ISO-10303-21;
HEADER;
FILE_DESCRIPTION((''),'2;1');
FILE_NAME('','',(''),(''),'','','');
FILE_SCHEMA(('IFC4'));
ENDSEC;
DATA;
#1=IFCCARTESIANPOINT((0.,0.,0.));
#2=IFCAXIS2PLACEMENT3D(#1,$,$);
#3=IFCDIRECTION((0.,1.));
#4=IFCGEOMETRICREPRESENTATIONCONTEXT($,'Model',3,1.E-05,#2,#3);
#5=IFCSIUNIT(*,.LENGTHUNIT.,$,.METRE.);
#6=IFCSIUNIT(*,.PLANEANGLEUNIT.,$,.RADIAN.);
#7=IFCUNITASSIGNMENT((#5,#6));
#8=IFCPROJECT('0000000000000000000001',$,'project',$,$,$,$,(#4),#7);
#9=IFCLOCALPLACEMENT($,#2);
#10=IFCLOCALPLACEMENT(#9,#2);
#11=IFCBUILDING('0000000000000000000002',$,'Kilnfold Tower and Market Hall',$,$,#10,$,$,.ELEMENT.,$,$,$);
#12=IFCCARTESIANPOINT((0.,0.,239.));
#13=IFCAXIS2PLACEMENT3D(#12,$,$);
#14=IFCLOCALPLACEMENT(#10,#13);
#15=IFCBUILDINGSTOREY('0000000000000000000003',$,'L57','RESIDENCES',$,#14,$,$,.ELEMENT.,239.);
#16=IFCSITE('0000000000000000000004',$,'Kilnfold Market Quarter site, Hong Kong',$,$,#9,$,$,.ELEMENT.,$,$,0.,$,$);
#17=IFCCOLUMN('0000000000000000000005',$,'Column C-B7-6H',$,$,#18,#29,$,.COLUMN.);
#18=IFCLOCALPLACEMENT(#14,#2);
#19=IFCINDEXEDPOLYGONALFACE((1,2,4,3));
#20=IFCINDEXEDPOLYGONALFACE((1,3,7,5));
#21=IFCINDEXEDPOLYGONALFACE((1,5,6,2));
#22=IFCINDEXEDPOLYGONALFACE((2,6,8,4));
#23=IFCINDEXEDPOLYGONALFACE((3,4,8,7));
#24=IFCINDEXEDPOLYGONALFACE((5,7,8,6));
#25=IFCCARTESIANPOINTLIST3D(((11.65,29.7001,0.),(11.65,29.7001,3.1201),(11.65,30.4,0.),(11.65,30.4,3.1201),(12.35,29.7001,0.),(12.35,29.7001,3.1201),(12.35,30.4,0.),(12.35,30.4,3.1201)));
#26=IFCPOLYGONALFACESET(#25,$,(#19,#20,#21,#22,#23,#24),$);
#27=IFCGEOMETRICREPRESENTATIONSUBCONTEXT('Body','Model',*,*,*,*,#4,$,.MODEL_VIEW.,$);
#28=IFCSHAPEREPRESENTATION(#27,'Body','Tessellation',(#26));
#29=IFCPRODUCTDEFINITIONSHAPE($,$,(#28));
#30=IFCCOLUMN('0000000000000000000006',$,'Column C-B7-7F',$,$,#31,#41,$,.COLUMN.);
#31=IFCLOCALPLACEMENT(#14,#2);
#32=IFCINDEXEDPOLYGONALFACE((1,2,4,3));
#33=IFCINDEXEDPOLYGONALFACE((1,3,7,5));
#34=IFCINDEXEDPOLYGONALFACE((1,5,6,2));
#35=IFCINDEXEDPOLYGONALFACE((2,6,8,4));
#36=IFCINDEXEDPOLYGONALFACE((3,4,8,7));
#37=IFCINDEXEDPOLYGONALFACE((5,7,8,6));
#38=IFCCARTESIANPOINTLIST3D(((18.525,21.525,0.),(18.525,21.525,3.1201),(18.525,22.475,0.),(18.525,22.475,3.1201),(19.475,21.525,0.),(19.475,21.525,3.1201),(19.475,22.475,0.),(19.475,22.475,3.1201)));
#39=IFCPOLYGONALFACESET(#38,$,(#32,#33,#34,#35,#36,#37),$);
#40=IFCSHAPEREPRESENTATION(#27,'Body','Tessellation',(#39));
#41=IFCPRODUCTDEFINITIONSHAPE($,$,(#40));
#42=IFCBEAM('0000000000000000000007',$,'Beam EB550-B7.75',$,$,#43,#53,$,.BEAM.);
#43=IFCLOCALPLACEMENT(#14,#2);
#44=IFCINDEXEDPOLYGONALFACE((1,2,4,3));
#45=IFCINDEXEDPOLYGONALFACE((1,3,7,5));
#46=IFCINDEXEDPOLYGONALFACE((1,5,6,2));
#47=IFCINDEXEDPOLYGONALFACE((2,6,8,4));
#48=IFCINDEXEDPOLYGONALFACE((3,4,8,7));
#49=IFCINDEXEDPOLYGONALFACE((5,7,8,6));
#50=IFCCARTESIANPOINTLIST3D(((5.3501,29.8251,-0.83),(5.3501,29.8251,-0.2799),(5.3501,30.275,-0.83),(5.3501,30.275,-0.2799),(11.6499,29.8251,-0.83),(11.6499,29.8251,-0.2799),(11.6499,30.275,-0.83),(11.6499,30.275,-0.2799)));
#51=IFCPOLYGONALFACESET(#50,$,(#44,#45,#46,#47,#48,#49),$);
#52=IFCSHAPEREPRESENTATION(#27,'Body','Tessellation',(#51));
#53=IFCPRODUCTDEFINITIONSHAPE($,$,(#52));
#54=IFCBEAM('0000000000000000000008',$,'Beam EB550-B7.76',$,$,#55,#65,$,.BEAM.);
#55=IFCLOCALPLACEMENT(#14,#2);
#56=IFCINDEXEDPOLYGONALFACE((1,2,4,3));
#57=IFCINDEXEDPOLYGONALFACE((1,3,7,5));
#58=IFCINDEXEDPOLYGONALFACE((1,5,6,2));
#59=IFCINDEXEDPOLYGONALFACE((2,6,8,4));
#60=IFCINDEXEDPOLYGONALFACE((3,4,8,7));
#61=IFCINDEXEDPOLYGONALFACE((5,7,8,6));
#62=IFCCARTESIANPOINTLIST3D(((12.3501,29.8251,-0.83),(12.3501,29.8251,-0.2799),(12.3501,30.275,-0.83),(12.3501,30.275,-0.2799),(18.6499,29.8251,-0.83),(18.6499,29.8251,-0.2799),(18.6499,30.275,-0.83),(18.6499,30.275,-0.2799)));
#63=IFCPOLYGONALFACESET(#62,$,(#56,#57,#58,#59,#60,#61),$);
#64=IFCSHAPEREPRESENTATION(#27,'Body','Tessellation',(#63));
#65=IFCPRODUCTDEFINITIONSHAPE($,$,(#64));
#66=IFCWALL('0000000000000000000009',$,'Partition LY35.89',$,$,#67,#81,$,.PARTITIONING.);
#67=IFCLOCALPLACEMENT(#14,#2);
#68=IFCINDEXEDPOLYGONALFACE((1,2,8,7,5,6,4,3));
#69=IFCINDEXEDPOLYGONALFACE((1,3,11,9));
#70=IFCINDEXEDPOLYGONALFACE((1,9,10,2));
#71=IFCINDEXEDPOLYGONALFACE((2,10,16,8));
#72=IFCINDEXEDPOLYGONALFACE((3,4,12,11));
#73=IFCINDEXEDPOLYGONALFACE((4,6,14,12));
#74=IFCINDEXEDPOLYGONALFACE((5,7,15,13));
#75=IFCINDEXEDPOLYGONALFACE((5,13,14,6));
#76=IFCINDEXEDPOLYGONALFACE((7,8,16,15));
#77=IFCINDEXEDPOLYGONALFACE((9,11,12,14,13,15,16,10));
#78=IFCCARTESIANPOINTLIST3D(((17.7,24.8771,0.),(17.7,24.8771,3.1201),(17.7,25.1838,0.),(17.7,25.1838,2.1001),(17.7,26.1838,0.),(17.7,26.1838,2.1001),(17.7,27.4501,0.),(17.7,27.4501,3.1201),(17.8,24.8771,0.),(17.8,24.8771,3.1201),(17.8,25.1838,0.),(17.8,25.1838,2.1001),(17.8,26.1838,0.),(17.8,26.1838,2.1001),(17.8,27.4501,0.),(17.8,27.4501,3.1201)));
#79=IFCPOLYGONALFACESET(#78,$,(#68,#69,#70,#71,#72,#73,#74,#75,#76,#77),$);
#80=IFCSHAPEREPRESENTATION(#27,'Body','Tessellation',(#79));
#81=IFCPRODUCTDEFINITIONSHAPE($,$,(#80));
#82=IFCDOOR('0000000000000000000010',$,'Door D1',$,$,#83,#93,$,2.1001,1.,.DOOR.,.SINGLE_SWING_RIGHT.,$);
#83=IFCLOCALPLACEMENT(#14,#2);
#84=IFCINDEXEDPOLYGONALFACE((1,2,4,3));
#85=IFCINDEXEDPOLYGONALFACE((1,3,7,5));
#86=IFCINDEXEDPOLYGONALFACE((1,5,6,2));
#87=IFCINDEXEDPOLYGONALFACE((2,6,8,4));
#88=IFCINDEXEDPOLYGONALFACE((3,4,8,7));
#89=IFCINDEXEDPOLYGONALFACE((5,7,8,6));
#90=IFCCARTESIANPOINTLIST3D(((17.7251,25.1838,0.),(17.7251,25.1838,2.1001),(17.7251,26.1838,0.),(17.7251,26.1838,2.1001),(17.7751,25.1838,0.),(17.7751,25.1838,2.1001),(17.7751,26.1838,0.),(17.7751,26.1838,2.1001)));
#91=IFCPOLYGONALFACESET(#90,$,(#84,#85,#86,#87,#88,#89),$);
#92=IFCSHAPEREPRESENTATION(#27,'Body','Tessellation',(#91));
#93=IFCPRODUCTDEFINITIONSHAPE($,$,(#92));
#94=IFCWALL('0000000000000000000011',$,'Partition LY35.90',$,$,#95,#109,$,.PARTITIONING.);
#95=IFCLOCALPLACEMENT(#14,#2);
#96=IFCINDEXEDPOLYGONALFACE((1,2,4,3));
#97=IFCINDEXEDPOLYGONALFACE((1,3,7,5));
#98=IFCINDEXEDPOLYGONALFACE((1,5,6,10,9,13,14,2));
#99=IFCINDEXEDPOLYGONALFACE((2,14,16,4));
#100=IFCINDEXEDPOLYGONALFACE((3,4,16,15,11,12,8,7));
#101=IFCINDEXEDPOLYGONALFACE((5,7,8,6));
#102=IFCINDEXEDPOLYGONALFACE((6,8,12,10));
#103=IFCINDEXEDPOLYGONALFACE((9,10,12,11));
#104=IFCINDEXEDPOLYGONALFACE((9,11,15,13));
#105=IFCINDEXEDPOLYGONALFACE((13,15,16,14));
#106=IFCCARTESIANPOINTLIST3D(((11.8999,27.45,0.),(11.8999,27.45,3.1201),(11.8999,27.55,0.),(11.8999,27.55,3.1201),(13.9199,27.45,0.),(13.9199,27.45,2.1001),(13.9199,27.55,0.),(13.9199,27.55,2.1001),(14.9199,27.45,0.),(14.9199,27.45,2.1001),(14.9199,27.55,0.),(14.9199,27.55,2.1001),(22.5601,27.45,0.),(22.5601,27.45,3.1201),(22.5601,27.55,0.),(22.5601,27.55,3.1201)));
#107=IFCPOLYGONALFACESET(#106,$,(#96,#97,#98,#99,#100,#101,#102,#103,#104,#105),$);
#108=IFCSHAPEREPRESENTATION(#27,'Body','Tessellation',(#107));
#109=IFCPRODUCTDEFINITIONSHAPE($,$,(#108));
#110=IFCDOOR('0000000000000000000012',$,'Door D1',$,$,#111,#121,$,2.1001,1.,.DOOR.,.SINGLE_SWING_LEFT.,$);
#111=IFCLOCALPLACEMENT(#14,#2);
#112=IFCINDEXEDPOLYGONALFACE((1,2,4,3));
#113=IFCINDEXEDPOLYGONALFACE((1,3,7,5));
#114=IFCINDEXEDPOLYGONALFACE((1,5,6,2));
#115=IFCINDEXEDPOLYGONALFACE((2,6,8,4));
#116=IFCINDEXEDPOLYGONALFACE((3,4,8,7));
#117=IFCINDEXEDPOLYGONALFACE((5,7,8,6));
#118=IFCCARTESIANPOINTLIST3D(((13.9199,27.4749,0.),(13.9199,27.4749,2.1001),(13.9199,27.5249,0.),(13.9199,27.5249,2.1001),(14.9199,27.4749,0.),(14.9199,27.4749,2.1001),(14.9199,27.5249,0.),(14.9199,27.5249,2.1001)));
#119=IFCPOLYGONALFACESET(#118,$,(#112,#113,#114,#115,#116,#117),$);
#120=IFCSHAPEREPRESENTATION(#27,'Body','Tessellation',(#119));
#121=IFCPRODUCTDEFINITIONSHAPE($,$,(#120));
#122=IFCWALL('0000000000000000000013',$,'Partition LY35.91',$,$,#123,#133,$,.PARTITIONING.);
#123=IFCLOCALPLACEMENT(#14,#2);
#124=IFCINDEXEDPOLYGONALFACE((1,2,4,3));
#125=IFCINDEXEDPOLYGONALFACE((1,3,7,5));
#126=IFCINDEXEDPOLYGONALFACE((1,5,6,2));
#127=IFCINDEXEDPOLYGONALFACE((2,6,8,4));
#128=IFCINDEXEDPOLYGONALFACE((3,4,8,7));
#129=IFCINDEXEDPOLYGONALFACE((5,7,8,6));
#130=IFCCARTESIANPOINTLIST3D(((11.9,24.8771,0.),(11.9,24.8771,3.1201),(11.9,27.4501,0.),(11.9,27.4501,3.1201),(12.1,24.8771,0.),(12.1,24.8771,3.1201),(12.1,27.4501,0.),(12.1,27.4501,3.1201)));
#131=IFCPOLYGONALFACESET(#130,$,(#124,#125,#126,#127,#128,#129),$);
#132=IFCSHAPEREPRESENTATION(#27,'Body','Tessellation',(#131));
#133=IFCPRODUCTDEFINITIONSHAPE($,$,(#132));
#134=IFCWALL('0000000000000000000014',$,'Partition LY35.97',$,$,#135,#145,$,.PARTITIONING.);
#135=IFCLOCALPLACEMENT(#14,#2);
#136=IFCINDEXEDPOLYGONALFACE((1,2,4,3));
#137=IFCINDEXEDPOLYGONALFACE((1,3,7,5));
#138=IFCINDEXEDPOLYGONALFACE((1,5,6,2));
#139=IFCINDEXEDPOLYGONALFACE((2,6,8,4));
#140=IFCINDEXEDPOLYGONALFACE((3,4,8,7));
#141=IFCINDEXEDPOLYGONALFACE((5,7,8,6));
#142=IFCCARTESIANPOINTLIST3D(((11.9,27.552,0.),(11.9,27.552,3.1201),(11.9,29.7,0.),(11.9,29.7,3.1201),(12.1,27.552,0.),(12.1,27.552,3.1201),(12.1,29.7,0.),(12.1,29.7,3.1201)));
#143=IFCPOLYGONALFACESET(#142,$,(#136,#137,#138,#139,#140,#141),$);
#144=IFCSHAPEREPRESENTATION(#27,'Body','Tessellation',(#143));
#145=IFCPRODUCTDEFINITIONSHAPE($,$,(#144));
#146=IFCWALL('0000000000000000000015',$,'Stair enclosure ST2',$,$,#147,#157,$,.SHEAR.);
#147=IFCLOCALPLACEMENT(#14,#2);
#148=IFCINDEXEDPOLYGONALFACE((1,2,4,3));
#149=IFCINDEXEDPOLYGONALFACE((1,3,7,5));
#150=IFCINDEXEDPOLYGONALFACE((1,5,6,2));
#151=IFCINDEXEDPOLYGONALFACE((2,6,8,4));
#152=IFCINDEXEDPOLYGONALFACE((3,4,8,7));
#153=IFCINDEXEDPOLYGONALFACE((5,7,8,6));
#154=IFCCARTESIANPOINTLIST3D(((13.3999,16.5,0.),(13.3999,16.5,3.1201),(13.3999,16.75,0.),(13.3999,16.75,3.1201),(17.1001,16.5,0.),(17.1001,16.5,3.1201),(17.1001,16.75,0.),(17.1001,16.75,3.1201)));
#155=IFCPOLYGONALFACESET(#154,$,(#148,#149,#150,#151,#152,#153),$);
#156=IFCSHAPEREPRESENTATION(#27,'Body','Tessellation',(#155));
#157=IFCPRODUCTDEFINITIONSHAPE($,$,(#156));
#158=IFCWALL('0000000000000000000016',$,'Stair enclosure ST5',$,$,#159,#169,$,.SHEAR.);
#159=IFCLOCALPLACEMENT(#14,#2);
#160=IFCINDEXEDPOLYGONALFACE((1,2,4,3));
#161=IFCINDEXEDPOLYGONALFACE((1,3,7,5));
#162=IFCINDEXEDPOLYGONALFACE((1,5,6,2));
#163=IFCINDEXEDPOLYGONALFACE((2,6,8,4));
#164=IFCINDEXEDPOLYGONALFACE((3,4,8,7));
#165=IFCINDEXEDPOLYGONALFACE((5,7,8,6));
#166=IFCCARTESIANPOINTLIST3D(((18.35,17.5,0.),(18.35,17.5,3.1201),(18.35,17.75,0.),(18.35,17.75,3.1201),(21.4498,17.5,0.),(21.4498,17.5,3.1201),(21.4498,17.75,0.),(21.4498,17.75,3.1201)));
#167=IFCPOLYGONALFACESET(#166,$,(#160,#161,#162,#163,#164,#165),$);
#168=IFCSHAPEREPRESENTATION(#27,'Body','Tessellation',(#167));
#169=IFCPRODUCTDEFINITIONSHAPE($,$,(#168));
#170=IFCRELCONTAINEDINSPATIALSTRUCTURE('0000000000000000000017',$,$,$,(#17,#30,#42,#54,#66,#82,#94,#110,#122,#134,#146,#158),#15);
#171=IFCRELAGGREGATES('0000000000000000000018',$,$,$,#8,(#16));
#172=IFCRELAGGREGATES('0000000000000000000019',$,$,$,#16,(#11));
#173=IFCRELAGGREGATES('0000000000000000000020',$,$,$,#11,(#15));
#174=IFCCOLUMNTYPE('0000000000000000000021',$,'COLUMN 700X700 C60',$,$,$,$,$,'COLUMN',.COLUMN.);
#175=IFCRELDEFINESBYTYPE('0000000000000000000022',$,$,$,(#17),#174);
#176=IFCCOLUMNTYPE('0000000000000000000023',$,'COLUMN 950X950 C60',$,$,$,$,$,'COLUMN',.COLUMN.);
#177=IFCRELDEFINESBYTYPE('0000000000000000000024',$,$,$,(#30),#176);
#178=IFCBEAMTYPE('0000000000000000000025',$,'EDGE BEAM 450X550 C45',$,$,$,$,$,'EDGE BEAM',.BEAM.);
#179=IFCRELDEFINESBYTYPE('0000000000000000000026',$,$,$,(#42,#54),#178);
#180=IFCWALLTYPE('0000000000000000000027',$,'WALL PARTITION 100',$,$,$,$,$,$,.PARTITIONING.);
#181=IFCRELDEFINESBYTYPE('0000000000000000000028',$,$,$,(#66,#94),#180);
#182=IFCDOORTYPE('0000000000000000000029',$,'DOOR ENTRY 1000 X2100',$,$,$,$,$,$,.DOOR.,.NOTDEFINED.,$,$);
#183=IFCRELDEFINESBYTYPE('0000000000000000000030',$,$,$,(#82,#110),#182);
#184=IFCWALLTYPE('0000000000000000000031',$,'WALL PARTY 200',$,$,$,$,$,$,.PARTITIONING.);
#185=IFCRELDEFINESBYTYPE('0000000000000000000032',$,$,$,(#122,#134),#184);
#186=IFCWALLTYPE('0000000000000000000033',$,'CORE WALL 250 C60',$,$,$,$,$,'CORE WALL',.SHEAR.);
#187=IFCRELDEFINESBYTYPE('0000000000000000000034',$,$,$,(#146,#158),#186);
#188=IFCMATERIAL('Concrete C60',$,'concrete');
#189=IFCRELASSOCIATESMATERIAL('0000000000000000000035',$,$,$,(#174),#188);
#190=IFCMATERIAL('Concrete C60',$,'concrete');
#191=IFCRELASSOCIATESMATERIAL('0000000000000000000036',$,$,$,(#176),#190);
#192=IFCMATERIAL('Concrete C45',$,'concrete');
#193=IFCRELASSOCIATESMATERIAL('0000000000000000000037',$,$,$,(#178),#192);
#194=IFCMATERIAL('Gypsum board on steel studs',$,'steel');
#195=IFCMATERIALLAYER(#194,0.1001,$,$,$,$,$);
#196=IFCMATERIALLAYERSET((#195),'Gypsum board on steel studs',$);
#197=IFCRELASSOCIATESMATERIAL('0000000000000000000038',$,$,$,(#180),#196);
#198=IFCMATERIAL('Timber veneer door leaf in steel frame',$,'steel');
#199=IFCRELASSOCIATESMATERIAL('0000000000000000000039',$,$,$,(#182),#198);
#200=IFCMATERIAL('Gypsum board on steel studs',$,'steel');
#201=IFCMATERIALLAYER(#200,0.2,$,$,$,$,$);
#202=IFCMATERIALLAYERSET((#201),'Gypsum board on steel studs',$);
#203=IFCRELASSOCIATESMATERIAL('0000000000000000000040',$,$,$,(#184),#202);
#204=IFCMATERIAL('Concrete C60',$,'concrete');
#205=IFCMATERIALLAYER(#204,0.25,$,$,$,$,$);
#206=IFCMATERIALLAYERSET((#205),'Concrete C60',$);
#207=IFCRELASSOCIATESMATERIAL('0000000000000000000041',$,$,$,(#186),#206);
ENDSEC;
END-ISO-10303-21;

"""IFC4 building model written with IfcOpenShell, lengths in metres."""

from ifc_helpers import new_model, si_unit, direction, frame, frame_2d, origin, origin_2d, place, context, subcontext, project, spatial, rectangle, extrude, source, transform, mapped, material, layer, layer_set, material_profile, profile_set, type_object, element, fill, save


model = new_model("IFC4")

# Units and contexts
model_context = context("Model", 3, precision=1e-05, world=origin(), true_north=direction((0.0, 1.0)))
body_context = subcontext(model_context, "Body", "Model", "MODEL_VIEW")
ifc_project = project(units=[si_unit("LENGTHUNIT", "METRE"), si_unit("PLANEANGLEUNIT", "RADIAN")], contexts=[model_context])

# Site, building, storey
site_placement = place(None, origin())
site = spatial("IfcSite", under=ifc_project, at=site_placement, Name="Kilnfold Market Quarter site, Hong Kong", CompositionType="ELEMENT", RefElevation=0.0)
building_placement = place(site_placement, origin())
building = spatial("IfcBuilding", under=site, at=building_placement, Name="Kilnfold Tower and Market Hall", CompositionType="ELEMENT")
storey_placement = place(building_placement, frame((0.0, 0.0, 239.0)))
storey = spatial("IfcBuildingStorey", under=building, at=storey_placement, Name="L57", Description="RESIDENCES", CompositionType="ELEMENT", Elevation=239.0)

# Columns
ifc_material_1 = material(Name="Concrete C60", Category="concrete")
ifc_material_profile_1 = material_profile(ifc_material_1, rectangle(XDim=0.7, YDim=0.7, at=origin_2d()), Name="RC 700x700")
ifc_profile_set_1 = profile_set([ifc_material_profile_1], Name="Concrete C60")
column_type_1 = type_object("IfcColumnType", Name="COLUMN 700X700 C60", ElementType="COLUMN", PredefinedType="COLUMN", material=ifc_profile_set_1)
shared_shape_1 = source(origin(), body_context, "Body", "SweptSolid", [
    extrude(rectangle(XDim=0.7, YDim=0.7, at=origin_2d()), origin(), (0.0, 0.0, 1.0), 3.1201),
])
column_1_placement = place(storey_placement, frame((12.0, 30.05, 0.0), z_axis=(0.0, 0.0, 1.0), x_axis=(1.0, 0.0, 0.0)))
element("IfcColumn", 1, at=column_1_placement, inside=storey, type_object=column_type_1, Name="Column C-B7-6H", PredefinedType="COLUMN", context=body_context, shape_type="MappedRepresentation", body=[
    mapped(shared_shape_1, transform((0.0, 0.0, 0.0))),
])
ifc_material_2 = material(Name="Concrete C60", Category="concrete")
ifc_material_profile_2 = material_profile(ifc_material_2, rectangle(XDim=0.95, YDim=0.95, at=origin_2d()), Name="RC 950x950")
ifc_profile_set_2 = profile_set([ifc_material_profile_2], Name="Concrete C60")
column_type_2 = type_object("IfcColumnType", Name="COLUMN 950X950 C60", ElementType="COLUMN", PredefinedType="COLUMN", material=ifc_profile_set_2)
shared_shape_2 = source(origin(), body_context, "Body", "SweptSolid", [
    extrude(rectangle(XDim=0.95, YDim=0.95, at=origin_2d()), origin(), (0.0, 0.0, 1.0), 3.1201),
])
column_2_placement = place(storey_placement, frame((19.0, 22.0, 0.0), z_axis=(0.0, 0.0, 1.0), x_axis=(1.0, 0.0, 0.0)))
element("IfcColumn", 2, at=column_2_placement, inside=storey, type_object=column_type_2, Name="Column C-B7-7F", PredefinedType="COLUMN", context=body_context, shape_type="MappedRepresentation", body=[
    mapped(shared_shape_2, transform((0.0, 0.0, 0.0))),
])

# Beams
ifc_material_3 = material(Name="Concrete C45", Category="concrete")
ifc_material_profile_3 = material_profile(ifc_material_3, rectangle(XDim=0.45, YDim=0.55, at=origin_2d()), Name="RC 450x550")
ifc_profile_set_3 = profile_set([ifc_material_profile_3], Name="Concrete C45")
beam_type = type_object("IfcBeamType", Name="EDGE BEAM 450X550 C45", ElementType="EDGE BEAM", PredefinedType="BEAM", material=ifc_profile_set_3)
shared_shape_3 = source(origin(), body_context, "Body", "SweptSolid", [
    extrude(rectangle(XDim=0.45, YDim=0.55, at=origin_2d()), origin(), (0.0, 0.0, 1.0), 6.2998),
])
for number, where, z_axis, x_axis, name in (
    (3, (5.3501, 30.05, -0.5549), (1.0, 0.0, 0.0), (0.0, 1.0, 0.0), "Beam EB550-B7.75"),
    (4, (12.3501, 30.05, -0.5549), (1.0, 0.0, 0.0), (0.0, 1.0, 0.0), "Beam EB550-B7.76"),
):
    element("IfcBeam", number, at=place(storey_placement, frame(where, z_axis=z_axis, x_axis=x_axis)), inside=storey, type_object=beam_type, Name=name, PredefinedType="BEAM", context=body_context, shape_type="MappedRepresentation", body=[
        mapped(shared_shape_3, transform((0.0, 0.0, 0.0))),
    ])

# Walls, openings, doors
ifc_material_4 = material(Name="Gypsum board on steel studs", Category="steel")
ifc_layer_1 = layer(ifc_material_4, 0.1001)
ifc_layer_set_1 = layer_set([ifc_layer_1], Name="Gypsum board on steel studs")
wall_type_1 = type_object("IfcWallType", Name="WALL PARTITION 100", PredefinedType="PARTITIONING", material=ifc_layer_set_1)
wall_1_placement = place(storey_placement, frame((17.75, 24.877, 0.0), z_axis=(0.0, 0.0, 1.0), x_axis=(0.0, 1.0, 0.0)))
wall_1 = element("IfcWall", 5, at=wall_1_placement, inside=storey, type_object=wall_type_1, Name="Partition LY35.89", PredefinedType="PARTITIONING", context=body_context, shape_type="SweptSolid", body=[
    extrude(rectangle(XDim=2.573, YDim=0.1001, at=frame_2d((1.2866, 0.0))), origin(), (0.0, 0.0, 1.0), 3.1201),
])
opening_1_placement = place(wall_1_placement, frame((0.3069, 0.0, 0.0)))
opening_1 = element("IfcOpeningElement", 6, at=opening_1_placement, cuts=wall_1, PredefinedType="OPENING", context=body_context, shape_type="SweptSolid", body=[
    extrude(rectangle(XDim=1.0, YDim=2.1001, at=frame_2d((0.5, 1.05))), frame((0.0, 0.0601, 0.0), z_axis=(0.0, -1.0, 0.0), x_axis=(1.0, 0.0, 0.0)), (0.0, 0.0, 1.0), 0.1201),
])
ifc_material_5 = material(Name="Timber veneer door leaf in steel frame", Category="steel")
door_type_1 = type_object("IfcDoorType", Name="DOOR ENTRY 1000 X2100", OperationType="NOTDEFINED", PredefinedType="DOOR", material=ifc_material_5)
door_1_placement = place(opening_1_placement, origin())
door_1 = element("IfcDoor", 7, at=door_1_placement, inside=storey, type_object=door_type_1, Name="Door D1", OperationType="SINGLE_SWING_RIGHT", OverallHeight=2.1001, OverallWidth=1.0, PredefinedType="DOOR", context=body_context, shape_type="SweptSolid", body=[
    extrude(rectangle(XDim=1.0, YDim=2.1001, at=frame_2d((0.5, 1.05))), frame((0.0, 0.0249, 0.0), z_axis=(0.0, -1.0, 0.0), x_axis=(1.0, 0.0, 0.0)), (0.0, 0.0, 1.0), 0.05),
])
fill(opening_1, door_1)
wall_2_placement = place(storey_placement, frame((11.8999, 27.5, 0.0), z_axis=(0.0, 0.0, 1.0), x_axis=(1.0, 0.0, 0.0)))
wall_2 = element("IfcWall", 8, at=wall_2_placement, inside=storey, type_object=wall_type_1, Name="Partition LY35.90", PredefinedType="PARTITIONING", context=body_context, shape_type="SweptSolid", body=[
    extrude(rectangle(XDim=10.6602, YDim=0.1001, at=frame_2d((5.3301, 0.0))), origin(), (0.0, 0.0, 1.0), 3.1201),
])
opening_2_placement = place(wall_2_placement, frame((2.02, 0.0, 0.0)))
opening_2 = element("IfcOpeningElement", 9, at=opening_2_placement, cuts=wall_2, PredefinedType="OPENING", context=body_context, shape_type="SweptSolid", body=[
    extrude(rectangle(XDim=1.0, YDim=2.1001, at=frame_2d((0.5, 1.05))), frame((0.0, 0.0601, 0.0), z_axis=(0.0, -1.0, 0.0), x_axis=(1.0, 0.0, 0.0)), (0.0, 0.0, 1.0), 0.1201),
])
door_2_placement = place(opening_2_placement, origin())
door_2 = element("IfcDoor", 10, at=door_2_placement, inside=storey, type_object=door_type_1, Name="Door D1", OperationType="SINGLE_SWING_LEFT", OverallHeight=2.1001, OverallWidth=1.0, PredefinedType="DOOR", context=body_context, shape_type="SweptSolid", body=[
    extrude(rectangle(XDim=1.0, YDim=2.1001, at=frame_2d((0.5, 1.05))), frame((0.0, 0.0249, 0.0), z_axis=(0.0, -1.0, 0.0), x_axis=(1.0, 0.0, 0.0)), (0.0, 0.0, 1.0), 0.05),
])
fill(opening_2, door_2)

# Walls
ifc_material_6 = material(Name="Gypsum board on steel studs", Category="steel")
ifc_layer_2 = layer(ifc_material_6, 0.2)
ifc_layer_set_2 = layer_set([ifc_layer_2], Name="Gypsum board on steel studs")
wall_type_2 = type_object("IfcWallType", Name="WALL PARTY 200", PredefinedType="PARTITIONING", material=ifc_layer_set_2)
wall_3_placement = place(storey_placement, frame((12.0, 24.877, 0.0), z_axis=(0.0, 0.0, 1.0), x_axis=(0.0, 1.0, 0.0)))
element("IfcWall", 11, at=wall_3_placement, inside=storey, type_object=wall_type_2, Name="Partition LY35.91", PredefinedType="PARTITIONING", context=body_context, shape_type="SweptSolid", body=[
    extrude(rectangle(XDim=2.573, YDim=0.2, at=frame_2d((1.2866, 0.0))), origin(), (0.0, 0.0, 1.0), 3.1201),
])
wall_4_placement = place(storey_placement, frame((12.0, 27.552, 0.0), z_axis=(0.0, 0.0, 1.0), x_axis=(0.0, 1.0, 0.0)))
element("IfcWall", 12, at=wall_4_placement, inside=storey, type_object=wall_type_2, Name="Partition LY35.97", PredefinedType="PARTITIONING", context=body_context, shape_type="SweptSolid", body=[
    extrude(rectangle(XDim=2.1479, YDim=0.2, at=frame_2d((1.074, 0.0))), origin(), (0.0, 0.0, 1.0), 3.1201),
])
ifc_material_7 = material(Name="Concrete C60", Category="concrete")
ifc_layer_3 = layer(ifc_material_7, 0.25)
ifc_layer_set_3 = layer_set([ifc_layer_3], Name="Concrete C60")
wall_type_3 = type_object("IfcWallType", Name="CORE WALL 250 C60", ElementType="CORE WALL", PredefinedType="SHEAR", material=ifc_layer_set_3)
shared_shape_4 = source(origin(), body_context, "Body", "SweptSolid", [
    extrude(rectangle(XDim=3.7002, YDim=0.25, at=frame_2d((1.8501, 0.0))), origin(), (0.0, 0.0, 1.0), 3.1201),
])
wall_5_placement = place(storey_placement, frame((13.3999, 16.625, 0.0), z_axis=(0.0, 0.0, 1.0), x_axis=(1.0, 0.0, 0.0)))
element("IfcWall", 13, at=wall_5_placement, inside=storey, type_object=wall_type_3, Name="Stair enclosure ST2", PredefinedType="SHEAR", context=body_context, shape_type="MappedRepresentation", body=[
    mapped(shared_shape_4, transform((0.0, 0.0, 0.0))),
])
shared_shape_5 = source(origin(), body_context, "Body", "SweptSolid", [
    extrude(rectangle(XDim=3.0999, YDim=0.25, at=frame_2d((1.5498, 0.0))), origin(), (0.0, 0.0, 1.0), 3.1201),
])
wall_6_placement = place(storey_placement, frame((18.3501, 17.625, 0.0), z_axis=(0.0, 0.0, 1.0), x_axis=(1.0, 0.0, 0.0)))
element("IfcWall", 14, at=wall_6_placement, inside=storey, type_object=wall_type_3, Name="Stair enclosure ST5", PredefinedType="SHEAR", context=body_context, shape_type="MappedRepresentation", body=[
    mapped(shared_shape_5, transform((0.0, 0.0, 0.0))),
])

save(model, "model.ifc")
